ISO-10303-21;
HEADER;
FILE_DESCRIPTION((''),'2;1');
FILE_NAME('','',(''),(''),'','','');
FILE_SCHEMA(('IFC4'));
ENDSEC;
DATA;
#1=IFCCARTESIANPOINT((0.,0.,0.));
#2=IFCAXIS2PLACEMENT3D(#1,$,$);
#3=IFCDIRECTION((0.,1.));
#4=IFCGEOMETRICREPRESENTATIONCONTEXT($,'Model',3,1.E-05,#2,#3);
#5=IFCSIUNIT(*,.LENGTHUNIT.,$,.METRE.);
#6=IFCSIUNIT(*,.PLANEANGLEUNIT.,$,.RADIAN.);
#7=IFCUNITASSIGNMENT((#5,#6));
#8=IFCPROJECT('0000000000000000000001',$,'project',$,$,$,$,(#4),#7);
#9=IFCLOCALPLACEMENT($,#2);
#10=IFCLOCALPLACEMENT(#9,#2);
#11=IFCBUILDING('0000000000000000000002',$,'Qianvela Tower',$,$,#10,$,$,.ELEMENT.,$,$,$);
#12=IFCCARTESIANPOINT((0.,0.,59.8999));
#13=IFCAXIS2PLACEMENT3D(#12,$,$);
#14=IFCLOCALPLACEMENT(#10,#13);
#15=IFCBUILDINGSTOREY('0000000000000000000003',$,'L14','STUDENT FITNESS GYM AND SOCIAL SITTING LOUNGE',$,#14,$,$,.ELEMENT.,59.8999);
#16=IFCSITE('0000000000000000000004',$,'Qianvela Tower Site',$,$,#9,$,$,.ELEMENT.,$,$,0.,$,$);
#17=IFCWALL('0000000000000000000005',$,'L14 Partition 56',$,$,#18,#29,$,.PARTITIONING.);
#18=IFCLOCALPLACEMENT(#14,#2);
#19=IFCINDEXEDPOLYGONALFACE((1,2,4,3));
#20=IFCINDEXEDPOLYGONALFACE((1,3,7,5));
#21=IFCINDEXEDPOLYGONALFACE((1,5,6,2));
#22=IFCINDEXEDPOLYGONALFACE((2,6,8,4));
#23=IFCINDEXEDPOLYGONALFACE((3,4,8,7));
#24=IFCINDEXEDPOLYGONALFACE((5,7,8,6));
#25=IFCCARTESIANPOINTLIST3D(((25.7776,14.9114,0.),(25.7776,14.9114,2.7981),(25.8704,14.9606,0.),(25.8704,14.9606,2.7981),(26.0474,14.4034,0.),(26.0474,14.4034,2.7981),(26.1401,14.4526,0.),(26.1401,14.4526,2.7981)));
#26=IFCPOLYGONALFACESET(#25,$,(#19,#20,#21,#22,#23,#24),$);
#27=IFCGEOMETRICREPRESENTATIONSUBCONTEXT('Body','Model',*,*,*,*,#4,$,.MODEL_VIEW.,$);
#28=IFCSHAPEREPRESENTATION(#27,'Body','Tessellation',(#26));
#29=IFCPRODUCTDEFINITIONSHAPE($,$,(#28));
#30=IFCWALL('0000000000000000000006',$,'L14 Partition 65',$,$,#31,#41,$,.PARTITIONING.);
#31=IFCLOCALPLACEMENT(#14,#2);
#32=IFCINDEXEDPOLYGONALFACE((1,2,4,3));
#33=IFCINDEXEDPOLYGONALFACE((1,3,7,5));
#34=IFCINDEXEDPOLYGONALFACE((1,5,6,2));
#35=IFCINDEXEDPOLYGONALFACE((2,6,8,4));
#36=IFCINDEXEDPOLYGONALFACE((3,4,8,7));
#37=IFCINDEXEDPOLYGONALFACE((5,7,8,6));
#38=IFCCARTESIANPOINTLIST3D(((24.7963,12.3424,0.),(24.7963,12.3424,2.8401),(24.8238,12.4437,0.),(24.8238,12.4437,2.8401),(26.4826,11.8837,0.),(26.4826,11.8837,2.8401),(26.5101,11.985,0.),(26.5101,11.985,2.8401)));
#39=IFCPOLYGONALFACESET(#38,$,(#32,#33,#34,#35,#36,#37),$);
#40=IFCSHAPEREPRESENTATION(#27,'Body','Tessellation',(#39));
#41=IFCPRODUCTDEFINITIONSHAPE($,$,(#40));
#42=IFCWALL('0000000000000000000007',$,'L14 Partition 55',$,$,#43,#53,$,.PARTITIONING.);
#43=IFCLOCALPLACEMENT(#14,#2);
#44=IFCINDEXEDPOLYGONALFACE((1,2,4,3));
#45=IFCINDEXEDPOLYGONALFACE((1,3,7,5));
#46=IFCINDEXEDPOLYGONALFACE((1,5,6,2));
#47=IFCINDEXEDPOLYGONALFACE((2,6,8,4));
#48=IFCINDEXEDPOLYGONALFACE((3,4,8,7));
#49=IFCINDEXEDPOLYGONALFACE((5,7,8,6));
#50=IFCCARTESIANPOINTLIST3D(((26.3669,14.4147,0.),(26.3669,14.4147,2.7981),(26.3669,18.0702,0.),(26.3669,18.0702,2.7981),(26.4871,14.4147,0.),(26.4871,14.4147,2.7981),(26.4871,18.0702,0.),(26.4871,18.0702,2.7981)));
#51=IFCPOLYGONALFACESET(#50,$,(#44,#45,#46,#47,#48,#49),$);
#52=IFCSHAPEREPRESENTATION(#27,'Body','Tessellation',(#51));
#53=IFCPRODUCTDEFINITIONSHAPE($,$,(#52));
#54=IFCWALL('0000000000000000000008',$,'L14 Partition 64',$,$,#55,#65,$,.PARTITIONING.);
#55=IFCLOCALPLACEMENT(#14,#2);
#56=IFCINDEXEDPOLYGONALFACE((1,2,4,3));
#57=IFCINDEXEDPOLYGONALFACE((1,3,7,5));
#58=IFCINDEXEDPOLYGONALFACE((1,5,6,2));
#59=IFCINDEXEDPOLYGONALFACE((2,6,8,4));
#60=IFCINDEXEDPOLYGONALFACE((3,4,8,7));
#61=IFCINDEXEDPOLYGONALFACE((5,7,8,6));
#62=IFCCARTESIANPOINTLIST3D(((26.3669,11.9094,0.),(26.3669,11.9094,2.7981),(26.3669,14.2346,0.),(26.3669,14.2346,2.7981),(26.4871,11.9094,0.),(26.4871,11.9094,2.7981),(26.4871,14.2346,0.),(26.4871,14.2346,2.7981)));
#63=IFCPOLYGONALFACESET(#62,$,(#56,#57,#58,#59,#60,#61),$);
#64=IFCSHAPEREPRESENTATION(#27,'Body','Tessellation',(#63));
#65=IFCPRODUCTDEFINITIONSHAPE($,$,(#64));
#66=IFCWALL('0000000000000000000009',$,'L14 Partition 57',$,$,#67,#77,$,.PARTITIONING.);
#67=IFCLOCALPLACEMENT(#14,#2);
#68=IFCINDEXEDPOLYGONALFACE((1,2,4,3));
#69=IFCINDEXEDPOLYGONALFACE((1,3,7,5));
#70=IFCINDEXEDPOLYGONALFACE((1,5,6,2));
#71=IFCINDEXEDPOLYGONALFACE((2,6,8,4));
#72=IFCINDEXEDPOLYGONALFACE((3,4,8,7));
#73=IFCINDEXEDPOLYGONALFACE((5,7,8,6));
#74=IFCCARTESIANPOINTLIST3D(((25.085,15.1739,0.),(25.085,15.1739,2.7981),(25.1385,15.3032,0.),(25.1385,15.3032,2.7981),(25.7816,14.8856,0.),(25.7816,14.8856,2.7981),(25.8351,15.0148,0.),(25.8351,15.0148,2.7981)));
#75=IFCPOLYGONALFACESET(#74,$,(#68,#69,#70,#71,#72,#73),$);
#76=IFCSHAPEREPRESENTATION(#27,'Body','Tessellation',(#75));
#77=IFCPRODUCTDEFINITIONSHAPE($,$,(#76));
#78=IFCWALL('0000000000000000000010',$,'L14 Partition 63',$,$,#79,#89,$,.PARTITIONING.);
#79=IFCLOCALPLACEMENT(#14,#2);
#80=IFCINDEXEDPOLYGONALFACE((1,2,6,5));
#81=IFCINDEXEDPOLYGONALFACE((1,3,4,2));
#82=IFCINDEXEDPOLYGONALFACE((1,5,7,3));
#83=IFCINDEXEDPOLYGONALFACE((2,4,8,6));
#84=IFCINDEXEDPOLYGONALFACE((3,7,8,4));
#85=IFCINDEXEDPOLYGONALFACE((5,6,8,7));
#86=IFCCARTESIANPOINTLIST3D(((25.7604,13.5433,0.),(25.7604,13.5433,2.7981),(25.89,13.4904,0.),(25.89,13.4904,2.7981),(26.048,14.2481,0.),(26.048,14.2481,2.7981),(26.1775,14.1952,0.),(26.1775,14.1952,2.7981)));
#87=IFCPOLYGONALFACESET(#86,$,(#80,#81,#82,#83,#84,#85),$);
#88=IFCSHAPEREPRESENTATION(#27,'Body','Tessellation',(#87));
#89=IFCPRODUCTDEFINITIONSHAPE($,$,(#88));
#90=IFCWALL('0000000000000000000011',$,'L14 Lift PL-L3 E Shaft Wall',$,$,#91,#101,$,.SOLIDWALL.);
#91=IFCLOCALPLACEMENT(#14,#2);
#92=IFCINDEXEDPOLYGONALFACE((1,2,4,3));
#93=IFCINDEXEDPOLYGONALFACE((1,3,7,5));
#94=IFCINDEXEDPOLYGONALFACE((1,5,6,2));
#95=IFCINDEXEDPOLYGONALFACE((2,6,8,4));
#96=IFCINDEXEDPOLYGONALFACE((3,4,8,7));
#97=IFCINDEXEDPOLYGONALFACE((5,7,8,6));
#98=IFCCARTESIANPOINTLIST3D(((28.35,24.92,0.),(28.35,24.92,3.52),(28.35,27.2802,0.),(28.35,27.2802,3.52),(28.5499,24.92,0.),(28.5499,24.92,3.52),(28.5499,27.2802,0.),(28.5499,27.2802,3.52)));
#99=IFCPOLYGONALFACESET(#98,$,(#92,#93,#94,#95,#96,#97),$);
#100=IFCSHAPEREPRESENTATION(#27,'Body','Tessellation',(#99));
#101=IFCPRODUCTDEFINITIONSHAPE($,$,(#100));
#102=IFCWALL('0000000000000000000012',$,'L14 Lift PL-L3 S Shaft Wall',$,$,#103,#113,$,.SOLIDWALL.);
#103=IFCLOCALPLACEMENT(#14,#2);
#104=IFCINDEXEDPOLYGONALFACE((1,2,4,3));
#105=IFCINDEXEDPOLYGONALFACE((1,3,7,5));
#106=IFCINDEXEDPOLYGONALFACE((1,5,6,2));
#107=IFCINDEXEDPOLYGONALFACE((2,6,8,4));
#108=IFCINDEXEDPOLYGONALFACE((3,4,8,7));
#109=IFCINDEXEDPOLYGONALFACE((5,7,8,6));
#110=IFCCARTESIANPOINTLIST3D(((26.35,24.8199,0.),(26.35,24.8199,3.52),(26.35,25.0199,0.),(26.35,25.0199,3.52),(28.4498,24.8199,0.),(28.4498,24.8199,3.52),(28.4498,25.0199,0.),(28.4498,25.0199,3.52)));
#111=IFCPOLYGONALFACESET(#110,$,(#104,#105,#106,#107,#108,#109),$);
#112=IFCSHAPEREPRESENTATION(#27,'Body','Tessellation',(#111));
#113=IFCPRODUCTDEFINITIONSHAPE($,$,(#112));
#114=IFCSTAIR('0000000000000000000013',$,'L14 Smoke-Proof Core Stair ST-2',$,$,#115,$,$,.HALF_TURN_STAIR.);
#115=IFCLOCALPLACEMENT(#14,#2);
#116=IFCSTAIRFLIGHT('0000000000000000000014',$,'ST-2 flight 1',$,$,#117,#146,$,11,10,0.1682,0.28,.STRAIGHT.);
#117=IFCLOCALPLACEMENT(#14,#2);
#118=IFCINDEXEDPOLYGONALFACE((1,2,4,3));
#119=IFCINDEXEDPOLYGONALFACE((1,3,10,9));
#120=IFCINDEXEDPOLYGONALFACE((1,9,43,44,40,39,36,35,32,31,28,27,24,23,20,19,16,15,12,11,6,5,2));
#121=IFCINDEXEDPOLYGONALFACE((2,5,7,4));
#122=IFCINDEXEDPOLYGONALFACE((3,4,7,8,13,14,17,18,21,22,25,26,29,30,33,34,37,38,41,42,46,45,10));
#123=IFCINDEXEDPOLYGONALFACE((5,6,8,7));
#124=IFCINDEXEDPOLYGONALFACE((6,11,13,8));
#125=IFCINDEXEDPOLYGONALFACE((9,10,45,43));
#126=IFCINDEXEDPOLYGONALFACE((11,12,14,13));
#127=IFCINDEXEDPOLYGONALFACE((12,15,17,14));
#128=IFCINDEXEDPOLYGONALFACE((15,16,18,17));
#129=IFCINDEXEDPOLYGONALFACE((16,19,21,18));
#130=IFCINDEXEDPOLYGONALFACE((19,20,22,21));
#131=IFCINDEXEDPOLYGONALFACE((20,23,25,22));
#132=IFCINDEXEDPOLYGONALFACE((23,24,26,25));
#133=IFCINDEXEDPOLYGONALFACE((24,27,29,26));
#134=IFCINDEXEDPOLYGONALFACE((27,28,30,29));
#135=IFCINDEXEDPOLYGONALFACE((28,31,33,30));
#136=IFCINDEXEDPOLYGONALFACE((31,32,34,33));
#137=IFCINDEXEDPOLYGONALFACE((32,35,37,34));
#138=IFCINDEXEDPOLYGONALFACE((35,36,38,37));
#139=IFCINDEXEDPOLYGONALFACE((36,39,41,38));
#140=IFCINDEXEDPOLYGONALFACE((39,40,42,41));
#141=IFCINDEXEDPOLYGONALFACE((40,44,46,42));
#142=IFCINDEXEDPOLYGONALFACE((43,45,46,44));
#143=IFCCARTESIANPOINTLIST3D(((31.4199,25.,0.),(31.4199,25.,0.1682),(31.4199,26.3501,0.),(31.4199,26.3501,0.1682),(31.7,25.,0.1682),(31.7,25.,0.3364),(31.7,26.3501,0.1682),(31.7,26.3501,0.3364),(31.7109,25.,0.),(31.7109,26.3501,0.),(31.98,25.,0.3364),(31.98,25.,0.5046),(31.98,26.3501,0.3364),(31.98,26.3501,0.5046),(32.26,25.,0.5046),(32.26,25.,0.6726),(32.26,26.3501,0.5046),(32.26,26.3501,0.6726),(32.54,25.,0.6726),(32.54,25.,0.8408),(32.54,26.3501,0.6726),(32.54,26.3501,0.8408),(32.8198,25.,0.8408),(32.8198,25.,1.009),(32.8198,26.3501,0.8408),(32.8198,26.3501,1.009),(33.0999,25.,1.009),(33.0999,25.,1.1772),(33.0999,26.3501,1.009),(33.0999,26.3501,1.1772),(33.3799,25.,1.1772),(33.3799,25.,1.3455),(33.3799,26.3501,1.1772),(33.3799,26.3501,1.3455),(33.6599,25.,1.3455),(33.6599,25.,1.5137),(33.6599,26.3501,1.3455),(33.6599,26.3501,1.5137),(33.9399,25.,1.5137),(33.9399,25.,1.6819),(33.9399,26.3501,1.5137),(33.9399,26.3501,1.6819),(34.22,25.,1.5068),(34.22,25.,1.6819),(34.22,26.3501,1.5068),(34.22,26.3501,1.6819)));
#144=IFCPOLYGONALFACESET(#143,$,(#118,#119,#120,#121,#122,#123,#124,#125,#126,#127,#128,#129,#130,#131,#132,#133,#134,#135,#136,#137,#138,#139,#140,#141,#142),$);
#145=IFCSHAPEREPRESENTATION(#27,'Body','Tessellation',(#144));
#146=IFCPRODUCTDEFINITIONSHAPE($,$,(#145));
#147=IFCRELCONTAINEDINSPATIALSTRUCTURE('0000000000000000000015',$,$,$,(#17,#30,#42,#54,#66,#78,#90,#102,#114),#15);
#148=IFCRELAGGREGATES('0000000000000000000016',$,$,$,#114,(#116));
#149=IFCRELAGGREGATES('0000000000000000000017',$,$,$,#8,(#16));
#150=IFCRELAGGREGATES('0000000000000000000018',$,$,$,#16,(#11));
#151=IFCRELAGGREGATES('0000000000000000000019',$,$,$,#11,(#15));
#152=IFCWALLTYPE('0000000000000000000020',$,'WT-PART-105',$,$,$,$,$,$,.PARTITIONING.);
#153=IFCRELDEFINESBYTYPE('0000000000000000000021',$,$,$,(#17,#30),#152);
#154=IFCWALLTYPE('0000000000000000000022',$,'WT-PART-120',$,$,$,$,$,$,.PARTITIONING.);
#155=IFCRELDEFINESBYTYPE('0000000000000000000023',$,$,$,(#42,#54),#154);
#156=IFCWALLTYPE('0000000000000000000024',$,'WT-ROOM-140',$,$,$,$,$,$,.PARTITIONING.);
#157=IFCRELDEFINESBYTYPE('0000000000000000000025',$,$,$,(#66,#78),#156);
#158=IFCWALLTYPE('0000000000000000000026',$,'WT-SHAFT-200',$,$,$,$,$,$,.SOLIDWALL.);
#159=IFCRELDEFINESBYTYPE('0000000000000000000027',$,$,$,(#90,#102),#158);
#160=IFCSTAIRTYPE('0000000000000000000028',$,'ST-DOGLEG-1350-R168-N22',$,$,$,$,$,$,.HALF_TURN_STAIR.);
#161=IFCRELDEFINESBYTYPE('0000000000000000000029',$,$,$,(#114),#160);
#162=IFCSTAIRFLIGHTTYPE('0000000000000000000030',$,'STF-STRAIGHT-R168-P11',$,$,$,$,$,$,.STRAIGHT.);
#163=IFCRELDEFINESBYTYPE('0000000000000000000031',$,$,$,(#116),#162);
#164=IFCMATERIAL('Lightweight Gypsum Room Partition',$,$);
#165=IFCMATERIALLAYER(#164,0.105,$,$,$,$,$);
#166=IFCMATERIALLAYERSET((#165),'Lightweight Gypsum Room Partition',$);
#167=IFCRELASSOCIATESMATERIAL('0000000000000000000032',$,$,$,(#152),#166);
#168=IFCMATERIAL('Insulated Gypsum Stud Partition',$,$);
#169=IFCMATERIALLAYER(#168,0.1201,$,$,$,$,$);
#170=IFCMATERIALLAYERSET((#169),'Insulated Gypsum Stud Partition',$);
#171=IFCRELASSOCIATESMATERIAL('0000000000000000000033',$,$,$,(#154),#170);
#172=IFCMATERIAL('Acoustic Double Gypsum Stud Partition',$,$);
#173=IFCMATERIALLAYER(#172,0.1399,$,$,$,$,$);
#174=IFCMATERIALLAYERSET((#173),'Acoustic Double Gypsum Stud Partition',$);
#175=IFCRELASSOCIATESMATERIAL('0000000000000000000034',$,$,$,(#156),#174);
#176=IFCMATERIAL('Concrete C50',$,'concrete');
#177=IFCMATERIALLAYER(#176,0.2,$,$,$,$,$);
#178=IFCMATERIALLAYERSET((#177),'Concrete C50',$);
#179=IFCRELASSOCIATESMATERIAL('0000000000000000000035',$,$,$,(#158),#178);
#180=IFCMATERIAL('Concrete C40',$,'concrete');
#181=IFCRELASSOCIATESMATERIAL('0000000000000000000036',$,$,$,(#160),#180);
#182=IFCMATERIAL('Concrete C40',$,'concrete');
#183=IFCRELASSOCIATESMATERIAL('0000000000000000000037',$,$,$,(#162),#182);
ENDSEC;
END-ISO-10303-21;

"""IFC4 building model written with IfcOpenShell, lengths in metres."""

from ifc_helpers import new_model, si_unit, direction, frame, frame_2d, origin, place, context, subcontext, project, spatial, polyline, rectangle, outline, extrude, material, layer, layer_set, type_object, element, aggregate, save


model = new_model("IFC4")

# Units and contexts
model_context = context("Model", 3, precision=1e-05, world=origin(), true_north=direction((0.0, 1.0)))
body_context = subcontext(model_context, "Body", "Model", "MODEL_VIEW")
ifc_project = project(units=[si_unit("LENGTHUNIT", "METRE"), si_unit("PLANEANGLEUNIT", "RADIAN")], contexts=[model_context])

# Site, building, storey
site_placement = place(None, origin())
site = spatial("IfcSite", under=ifc_project, at=site_placement, Name="Qianvela Tower Site", CompositionType="ELEMENT", RefElevation=0.0)
building_placement = place(site_placement, origin())
building = spatial("IfcBuilding", under=site, at=building_placement, Name="Qianvela Tower", CompositionType="ELEMENT")
storey_placement = place(building_placement, frame((0.0, 0.0, 59.8999)))
storey = spatial("IfcBuildingStorey", under=building, at=storey_placement, Name="L14", Description="STUDENT FITNESS GYM AND SOCIAL SITTING LOUNGE", CompositionType="ELEMENT", Elevation=59.8999)

# Walls
ifc_material_1 = material(Name="Lightweight Gypsum Room Partition")
ifc_layer_1 = layer(ifc_material_1, 0.105)
ifc_layer_set_1 = layer_set([ifc_layer_1], Name="Lightweight Gypsum Room Partition")
wall_type_1 = type_object("IfcWallType", Name="WT-PART-105", PredefinedType="PARTITIONING", material=ifc_layer_set_1)
wall_1_placement = place(storey_placement, frame((26.0938, 14.428, 0.0), z_axis=(0.0, 0.0, 1.0), x_axis=(-0.468979, 0.883209, 0.0)))
element("IfcWall", 1, at=wall_1_placement, inside=storey, type_object=wall_type_1, Name="L14 Partition 56", PredefinedType="PARTITIONING", context=body_context, shape_type="SweptSolid", body=[
    extrude(rectangle(XDim=0.5752, YDim=0.105, at=frame_2d((0.2876, 0.0))), origin(), (0.0, 0.0, 1.0), 2.7981),
])
wall_2_placement = place(storey_placement, frame((26.4963, 11.9343, 0.0), z_axis=(0.0, 0.0, 1.0), x_axis=(-0.964931, 0.262503, 0.0)))
element("IfcWall", 2, at=wall_2_placement, inside=storey, type_object=wall_type_1, Name="L14 Partition 65", PredefinedType="PARTITIONING", context=body_context, shape_type="SweptSolid", body=[
    extrude(rectangle(XDim=1.7476, YDim=0.105, at=frame_2d((0.8738, 0.0))), origin(), (0.0, 0.0, 1.0), 2.8401),
])
ifc_material_2 = material(Name="Insulated Gypsum Stud Partition")
ifc_layer_2 = layer(ifc_material_2, 0.1201)
ifc_layer_set_2 = layer_set([ifc_layer_2], Name="Insulated Gypsum Stud Partition")
wall_type_2 = type_object("IfcWallType", Name="WT-PART-120", PredefinedType="PARTITIONING", material=ifc_layer_set_2)
wall_3_placement = place(storey_placement, frame((26.427, 18.0701, 0.0), z_axis=(0.0, 0.0, 1.0), x_axis=(0.0, -1.0, 0.0)))
element("IfcWall", 3, at=wall_3_placement, inside=storey, type_object=wall_type_2, Name="L14 Partition 55", PredefinedType="PARTITIONING", context=body_context, shape_type="SweptSolid", body=[
    extrude(rectangle(XDim=3.6555, YDim=0.1201, at=frame_2d((1.8276, 0.0))), origin(), (0.0, 0.0, 1.0), 2.7981),
])
wall_4_placement = place(storey_placement, frame((26.427, 14.2346, 0.0), z_axis=(0.0, 0.0, 1.0), x_axis=(0.0, -1.0, 0.0)))
element("IfcWall", 4, at=wall_4_placement, inside=storey, type_object=wall_type_2, Name="L14 Partition 64", PredefinedType="PARTITIONING", context=body_context, shape_type="SweptSolid", body=[
    extrude(rectangle(XDim=2.3252, YDim=0.1201, at=frame_2d((1.1626, 0.0))), origin(), (0.0, 0.0, 1.0), 2.7981),
])
ifc_material_3 = material(Name="Acoustic Double Gypsum Stud Partition")
ifc_layer_3 = layer(ifc_material_3, 0.1399)
ifc_layer_set_3 = layer_set([ifc_layer_3], Name="Acoustic Double Gypsum Stud Partition")
wall_type_3 = type_object("IfcWallType", Name="WT-ROOM-140", PredefinedType="PARTITIONING", material=ifc_layer_set_3)
wall_5_placement = place(storey_placement, frame((25.8083, 14.9502, 0.0), z_axis=(0.0, 0.0, 1.0), x_axis=(-0.923966, 0.382476, 0.0)))
element("IfcWall", 5, at=wall_5_placement, inside=storey, type_object=wall_type_3, Name="L14 Partition 57", PredefinedType="PARTITIONING", context=body_context, shape_type="SweptSolid", body=[
    extrude(rectangle(XDim=0.7539, YDim=0.1399, at=frame_2d((0.377, 0.0))), origin(), (0.0, 0.0, 1.0), 2.7981),
])
wall_6_placement = place(storey_placement, frame((25.8252, 13.5168, 0.0), z_axis=(0.0, 0.0, 1.0), x_axis=(0.377796, 0.925889, 0.0)))
element("IfcWall", 6, at=wall_6_placement, inside=storey, type_object=wall_type_3, Name="L14 Partition 63", PredefinedType="PARTITIONING", context=body_context, shape_type="SweptSolid", body=[
    extrude(rectangle(XDim=0.7612, YDim=0.1399, at=frame_2d((0.3806, 0.0))), origin(), (0.0, 0.0, 1.0), 2.7981),
])
ifc_material_4 = material(Name="Concrete C50", Category="concrete")
ifc_layer_4 = layer(ifc_material_4, 0.2)
ifc_layer_set_4 = layer_set([ifc_layer_4], Name="Concrete C50")
wall_type_4 = type_object("IfcWallType", Name="WT-SHAFT-200", PredefinedType="SOLIDWALL", material=ifc_layer_set_4)
wall_7_placement = place(storey_placement, frame((28.45, 24.9199, 0.0), z_axis=(0.0, 0.0, 1.0), x_axis=(0.0, 1.0, 0.0)))
element("IfcWall", 7, at=wall_7_placement, inside=storey, type_object=wall_type_4, Name="L14 Lift PL-L3 E Shaft Wall", PredefinedType="SOLIDWALL", context=body_context, shape_type="SweptSolid", body=[
    extrude(rectangle(XDim=2.3601, YDim=0.2, at=frame_2d((1.1802, 0.0))), origin(), (0.0, 0.0, 1.0), 3.52),
])

# Wall
wall_8_placement = place(storey_placement, frame((26.3501, 24.9199, 0.0), z_axis=(0.0, 0.0, 1.0), x_axis=(1.0, 0.0, 0.0)))
element("IfcWall", 8, at=wall_8_placement, inside=storey, type_object=wall_type_4, Name="L14 Lift PL-L3 S Shaft Wall", PredefinedType="SOLIDWALL", context=body_context, shape_type="SweptSolid", body=[
    extrude(rectangle(XDim=2.0999, YDim=0.2, at=frame_2d((1.0498, 0.0))), origin(), (0.0, 0.0, 1.0), 3.52),
])

# Stair, stair flight
ifc_material_5 = material(Name="Concrete C40", Category="concrete")
stair_type = type_object("IfcStairType", Name="ST-DOGLEG-1350-R168-N22", PredefinedType="HALF_TURN_STAIR", material=ifc_material_5)
stair_placement = place(storey_placement, origin())
stair = element("IfcStair", 9, at=stair_placement, inside=storey, type_object=stair_type, Name="L14 Smoke-Proof Core Stair ST-2", PredefinedType="HALF_TURN_STAIR")
ifc_material_6 = material(Name="Concrete C40", Category="concrete")
stair_flight_type = type_object("IfcStairFlightType", Name="STF-STRAIGHT-R168-P11", PredefinedType="STRAIGHT", material=ifc_material_6)
stair_flight_placement = place(storey_placement, frame((31.4199, 25.675, 0.0), z_axis=(0.0, 0.0, 1.0), x_axis=(1.0, 0.0, 0.0)))
stair_flight = element("IfcStairFlight", 10, at=stair_flight_placement, type_object=stair_flight_type, Name="ST-2 flight 1", NumberOfRisers=11, NumberOfTreads=10, PredefinedType="STRAIGHT", RiserHeight=0.1682, TreadLength=0.28, context=body_context, shape_type="SweptSolid", body=[
    extrude(outline(polyline([(0.0, 0.0), (0.0, 0.1682), (0.28, 0.1682), (0.28, 0.3364), (0.5601, 0.3364), (0.5601, 0.5046), (0.8401, 0.5046), (0.8401, 0.6726), (1.1201, 0.6726), (1.1201, 0.8408), (1.3999, 0.8408), (1.3999, 1.009), (1.6799, 1.009), (1.6799, 1.1772), (1.96, 1.1772), (1.96, 1.3455), (2.24, 1.3455), (2.24, 1.5137), (2.52, 1.5137), (2.52, 1.6819), (2.8, 1.6819), (2.8, 1.8501), (2.8, 1.5068), (0.291, 0.0), (0.0, 0.0)])), frame((0.0, 0.675, 0.0), z_axis=(0.0, -1.0, 0.0), x_axis=(1.0, 0.0, 0.0)), (0.0, 0.0, 1.0), 1.3501),
])
aggregate(stair, [stair_flight])

save(model, "model.ifc")
